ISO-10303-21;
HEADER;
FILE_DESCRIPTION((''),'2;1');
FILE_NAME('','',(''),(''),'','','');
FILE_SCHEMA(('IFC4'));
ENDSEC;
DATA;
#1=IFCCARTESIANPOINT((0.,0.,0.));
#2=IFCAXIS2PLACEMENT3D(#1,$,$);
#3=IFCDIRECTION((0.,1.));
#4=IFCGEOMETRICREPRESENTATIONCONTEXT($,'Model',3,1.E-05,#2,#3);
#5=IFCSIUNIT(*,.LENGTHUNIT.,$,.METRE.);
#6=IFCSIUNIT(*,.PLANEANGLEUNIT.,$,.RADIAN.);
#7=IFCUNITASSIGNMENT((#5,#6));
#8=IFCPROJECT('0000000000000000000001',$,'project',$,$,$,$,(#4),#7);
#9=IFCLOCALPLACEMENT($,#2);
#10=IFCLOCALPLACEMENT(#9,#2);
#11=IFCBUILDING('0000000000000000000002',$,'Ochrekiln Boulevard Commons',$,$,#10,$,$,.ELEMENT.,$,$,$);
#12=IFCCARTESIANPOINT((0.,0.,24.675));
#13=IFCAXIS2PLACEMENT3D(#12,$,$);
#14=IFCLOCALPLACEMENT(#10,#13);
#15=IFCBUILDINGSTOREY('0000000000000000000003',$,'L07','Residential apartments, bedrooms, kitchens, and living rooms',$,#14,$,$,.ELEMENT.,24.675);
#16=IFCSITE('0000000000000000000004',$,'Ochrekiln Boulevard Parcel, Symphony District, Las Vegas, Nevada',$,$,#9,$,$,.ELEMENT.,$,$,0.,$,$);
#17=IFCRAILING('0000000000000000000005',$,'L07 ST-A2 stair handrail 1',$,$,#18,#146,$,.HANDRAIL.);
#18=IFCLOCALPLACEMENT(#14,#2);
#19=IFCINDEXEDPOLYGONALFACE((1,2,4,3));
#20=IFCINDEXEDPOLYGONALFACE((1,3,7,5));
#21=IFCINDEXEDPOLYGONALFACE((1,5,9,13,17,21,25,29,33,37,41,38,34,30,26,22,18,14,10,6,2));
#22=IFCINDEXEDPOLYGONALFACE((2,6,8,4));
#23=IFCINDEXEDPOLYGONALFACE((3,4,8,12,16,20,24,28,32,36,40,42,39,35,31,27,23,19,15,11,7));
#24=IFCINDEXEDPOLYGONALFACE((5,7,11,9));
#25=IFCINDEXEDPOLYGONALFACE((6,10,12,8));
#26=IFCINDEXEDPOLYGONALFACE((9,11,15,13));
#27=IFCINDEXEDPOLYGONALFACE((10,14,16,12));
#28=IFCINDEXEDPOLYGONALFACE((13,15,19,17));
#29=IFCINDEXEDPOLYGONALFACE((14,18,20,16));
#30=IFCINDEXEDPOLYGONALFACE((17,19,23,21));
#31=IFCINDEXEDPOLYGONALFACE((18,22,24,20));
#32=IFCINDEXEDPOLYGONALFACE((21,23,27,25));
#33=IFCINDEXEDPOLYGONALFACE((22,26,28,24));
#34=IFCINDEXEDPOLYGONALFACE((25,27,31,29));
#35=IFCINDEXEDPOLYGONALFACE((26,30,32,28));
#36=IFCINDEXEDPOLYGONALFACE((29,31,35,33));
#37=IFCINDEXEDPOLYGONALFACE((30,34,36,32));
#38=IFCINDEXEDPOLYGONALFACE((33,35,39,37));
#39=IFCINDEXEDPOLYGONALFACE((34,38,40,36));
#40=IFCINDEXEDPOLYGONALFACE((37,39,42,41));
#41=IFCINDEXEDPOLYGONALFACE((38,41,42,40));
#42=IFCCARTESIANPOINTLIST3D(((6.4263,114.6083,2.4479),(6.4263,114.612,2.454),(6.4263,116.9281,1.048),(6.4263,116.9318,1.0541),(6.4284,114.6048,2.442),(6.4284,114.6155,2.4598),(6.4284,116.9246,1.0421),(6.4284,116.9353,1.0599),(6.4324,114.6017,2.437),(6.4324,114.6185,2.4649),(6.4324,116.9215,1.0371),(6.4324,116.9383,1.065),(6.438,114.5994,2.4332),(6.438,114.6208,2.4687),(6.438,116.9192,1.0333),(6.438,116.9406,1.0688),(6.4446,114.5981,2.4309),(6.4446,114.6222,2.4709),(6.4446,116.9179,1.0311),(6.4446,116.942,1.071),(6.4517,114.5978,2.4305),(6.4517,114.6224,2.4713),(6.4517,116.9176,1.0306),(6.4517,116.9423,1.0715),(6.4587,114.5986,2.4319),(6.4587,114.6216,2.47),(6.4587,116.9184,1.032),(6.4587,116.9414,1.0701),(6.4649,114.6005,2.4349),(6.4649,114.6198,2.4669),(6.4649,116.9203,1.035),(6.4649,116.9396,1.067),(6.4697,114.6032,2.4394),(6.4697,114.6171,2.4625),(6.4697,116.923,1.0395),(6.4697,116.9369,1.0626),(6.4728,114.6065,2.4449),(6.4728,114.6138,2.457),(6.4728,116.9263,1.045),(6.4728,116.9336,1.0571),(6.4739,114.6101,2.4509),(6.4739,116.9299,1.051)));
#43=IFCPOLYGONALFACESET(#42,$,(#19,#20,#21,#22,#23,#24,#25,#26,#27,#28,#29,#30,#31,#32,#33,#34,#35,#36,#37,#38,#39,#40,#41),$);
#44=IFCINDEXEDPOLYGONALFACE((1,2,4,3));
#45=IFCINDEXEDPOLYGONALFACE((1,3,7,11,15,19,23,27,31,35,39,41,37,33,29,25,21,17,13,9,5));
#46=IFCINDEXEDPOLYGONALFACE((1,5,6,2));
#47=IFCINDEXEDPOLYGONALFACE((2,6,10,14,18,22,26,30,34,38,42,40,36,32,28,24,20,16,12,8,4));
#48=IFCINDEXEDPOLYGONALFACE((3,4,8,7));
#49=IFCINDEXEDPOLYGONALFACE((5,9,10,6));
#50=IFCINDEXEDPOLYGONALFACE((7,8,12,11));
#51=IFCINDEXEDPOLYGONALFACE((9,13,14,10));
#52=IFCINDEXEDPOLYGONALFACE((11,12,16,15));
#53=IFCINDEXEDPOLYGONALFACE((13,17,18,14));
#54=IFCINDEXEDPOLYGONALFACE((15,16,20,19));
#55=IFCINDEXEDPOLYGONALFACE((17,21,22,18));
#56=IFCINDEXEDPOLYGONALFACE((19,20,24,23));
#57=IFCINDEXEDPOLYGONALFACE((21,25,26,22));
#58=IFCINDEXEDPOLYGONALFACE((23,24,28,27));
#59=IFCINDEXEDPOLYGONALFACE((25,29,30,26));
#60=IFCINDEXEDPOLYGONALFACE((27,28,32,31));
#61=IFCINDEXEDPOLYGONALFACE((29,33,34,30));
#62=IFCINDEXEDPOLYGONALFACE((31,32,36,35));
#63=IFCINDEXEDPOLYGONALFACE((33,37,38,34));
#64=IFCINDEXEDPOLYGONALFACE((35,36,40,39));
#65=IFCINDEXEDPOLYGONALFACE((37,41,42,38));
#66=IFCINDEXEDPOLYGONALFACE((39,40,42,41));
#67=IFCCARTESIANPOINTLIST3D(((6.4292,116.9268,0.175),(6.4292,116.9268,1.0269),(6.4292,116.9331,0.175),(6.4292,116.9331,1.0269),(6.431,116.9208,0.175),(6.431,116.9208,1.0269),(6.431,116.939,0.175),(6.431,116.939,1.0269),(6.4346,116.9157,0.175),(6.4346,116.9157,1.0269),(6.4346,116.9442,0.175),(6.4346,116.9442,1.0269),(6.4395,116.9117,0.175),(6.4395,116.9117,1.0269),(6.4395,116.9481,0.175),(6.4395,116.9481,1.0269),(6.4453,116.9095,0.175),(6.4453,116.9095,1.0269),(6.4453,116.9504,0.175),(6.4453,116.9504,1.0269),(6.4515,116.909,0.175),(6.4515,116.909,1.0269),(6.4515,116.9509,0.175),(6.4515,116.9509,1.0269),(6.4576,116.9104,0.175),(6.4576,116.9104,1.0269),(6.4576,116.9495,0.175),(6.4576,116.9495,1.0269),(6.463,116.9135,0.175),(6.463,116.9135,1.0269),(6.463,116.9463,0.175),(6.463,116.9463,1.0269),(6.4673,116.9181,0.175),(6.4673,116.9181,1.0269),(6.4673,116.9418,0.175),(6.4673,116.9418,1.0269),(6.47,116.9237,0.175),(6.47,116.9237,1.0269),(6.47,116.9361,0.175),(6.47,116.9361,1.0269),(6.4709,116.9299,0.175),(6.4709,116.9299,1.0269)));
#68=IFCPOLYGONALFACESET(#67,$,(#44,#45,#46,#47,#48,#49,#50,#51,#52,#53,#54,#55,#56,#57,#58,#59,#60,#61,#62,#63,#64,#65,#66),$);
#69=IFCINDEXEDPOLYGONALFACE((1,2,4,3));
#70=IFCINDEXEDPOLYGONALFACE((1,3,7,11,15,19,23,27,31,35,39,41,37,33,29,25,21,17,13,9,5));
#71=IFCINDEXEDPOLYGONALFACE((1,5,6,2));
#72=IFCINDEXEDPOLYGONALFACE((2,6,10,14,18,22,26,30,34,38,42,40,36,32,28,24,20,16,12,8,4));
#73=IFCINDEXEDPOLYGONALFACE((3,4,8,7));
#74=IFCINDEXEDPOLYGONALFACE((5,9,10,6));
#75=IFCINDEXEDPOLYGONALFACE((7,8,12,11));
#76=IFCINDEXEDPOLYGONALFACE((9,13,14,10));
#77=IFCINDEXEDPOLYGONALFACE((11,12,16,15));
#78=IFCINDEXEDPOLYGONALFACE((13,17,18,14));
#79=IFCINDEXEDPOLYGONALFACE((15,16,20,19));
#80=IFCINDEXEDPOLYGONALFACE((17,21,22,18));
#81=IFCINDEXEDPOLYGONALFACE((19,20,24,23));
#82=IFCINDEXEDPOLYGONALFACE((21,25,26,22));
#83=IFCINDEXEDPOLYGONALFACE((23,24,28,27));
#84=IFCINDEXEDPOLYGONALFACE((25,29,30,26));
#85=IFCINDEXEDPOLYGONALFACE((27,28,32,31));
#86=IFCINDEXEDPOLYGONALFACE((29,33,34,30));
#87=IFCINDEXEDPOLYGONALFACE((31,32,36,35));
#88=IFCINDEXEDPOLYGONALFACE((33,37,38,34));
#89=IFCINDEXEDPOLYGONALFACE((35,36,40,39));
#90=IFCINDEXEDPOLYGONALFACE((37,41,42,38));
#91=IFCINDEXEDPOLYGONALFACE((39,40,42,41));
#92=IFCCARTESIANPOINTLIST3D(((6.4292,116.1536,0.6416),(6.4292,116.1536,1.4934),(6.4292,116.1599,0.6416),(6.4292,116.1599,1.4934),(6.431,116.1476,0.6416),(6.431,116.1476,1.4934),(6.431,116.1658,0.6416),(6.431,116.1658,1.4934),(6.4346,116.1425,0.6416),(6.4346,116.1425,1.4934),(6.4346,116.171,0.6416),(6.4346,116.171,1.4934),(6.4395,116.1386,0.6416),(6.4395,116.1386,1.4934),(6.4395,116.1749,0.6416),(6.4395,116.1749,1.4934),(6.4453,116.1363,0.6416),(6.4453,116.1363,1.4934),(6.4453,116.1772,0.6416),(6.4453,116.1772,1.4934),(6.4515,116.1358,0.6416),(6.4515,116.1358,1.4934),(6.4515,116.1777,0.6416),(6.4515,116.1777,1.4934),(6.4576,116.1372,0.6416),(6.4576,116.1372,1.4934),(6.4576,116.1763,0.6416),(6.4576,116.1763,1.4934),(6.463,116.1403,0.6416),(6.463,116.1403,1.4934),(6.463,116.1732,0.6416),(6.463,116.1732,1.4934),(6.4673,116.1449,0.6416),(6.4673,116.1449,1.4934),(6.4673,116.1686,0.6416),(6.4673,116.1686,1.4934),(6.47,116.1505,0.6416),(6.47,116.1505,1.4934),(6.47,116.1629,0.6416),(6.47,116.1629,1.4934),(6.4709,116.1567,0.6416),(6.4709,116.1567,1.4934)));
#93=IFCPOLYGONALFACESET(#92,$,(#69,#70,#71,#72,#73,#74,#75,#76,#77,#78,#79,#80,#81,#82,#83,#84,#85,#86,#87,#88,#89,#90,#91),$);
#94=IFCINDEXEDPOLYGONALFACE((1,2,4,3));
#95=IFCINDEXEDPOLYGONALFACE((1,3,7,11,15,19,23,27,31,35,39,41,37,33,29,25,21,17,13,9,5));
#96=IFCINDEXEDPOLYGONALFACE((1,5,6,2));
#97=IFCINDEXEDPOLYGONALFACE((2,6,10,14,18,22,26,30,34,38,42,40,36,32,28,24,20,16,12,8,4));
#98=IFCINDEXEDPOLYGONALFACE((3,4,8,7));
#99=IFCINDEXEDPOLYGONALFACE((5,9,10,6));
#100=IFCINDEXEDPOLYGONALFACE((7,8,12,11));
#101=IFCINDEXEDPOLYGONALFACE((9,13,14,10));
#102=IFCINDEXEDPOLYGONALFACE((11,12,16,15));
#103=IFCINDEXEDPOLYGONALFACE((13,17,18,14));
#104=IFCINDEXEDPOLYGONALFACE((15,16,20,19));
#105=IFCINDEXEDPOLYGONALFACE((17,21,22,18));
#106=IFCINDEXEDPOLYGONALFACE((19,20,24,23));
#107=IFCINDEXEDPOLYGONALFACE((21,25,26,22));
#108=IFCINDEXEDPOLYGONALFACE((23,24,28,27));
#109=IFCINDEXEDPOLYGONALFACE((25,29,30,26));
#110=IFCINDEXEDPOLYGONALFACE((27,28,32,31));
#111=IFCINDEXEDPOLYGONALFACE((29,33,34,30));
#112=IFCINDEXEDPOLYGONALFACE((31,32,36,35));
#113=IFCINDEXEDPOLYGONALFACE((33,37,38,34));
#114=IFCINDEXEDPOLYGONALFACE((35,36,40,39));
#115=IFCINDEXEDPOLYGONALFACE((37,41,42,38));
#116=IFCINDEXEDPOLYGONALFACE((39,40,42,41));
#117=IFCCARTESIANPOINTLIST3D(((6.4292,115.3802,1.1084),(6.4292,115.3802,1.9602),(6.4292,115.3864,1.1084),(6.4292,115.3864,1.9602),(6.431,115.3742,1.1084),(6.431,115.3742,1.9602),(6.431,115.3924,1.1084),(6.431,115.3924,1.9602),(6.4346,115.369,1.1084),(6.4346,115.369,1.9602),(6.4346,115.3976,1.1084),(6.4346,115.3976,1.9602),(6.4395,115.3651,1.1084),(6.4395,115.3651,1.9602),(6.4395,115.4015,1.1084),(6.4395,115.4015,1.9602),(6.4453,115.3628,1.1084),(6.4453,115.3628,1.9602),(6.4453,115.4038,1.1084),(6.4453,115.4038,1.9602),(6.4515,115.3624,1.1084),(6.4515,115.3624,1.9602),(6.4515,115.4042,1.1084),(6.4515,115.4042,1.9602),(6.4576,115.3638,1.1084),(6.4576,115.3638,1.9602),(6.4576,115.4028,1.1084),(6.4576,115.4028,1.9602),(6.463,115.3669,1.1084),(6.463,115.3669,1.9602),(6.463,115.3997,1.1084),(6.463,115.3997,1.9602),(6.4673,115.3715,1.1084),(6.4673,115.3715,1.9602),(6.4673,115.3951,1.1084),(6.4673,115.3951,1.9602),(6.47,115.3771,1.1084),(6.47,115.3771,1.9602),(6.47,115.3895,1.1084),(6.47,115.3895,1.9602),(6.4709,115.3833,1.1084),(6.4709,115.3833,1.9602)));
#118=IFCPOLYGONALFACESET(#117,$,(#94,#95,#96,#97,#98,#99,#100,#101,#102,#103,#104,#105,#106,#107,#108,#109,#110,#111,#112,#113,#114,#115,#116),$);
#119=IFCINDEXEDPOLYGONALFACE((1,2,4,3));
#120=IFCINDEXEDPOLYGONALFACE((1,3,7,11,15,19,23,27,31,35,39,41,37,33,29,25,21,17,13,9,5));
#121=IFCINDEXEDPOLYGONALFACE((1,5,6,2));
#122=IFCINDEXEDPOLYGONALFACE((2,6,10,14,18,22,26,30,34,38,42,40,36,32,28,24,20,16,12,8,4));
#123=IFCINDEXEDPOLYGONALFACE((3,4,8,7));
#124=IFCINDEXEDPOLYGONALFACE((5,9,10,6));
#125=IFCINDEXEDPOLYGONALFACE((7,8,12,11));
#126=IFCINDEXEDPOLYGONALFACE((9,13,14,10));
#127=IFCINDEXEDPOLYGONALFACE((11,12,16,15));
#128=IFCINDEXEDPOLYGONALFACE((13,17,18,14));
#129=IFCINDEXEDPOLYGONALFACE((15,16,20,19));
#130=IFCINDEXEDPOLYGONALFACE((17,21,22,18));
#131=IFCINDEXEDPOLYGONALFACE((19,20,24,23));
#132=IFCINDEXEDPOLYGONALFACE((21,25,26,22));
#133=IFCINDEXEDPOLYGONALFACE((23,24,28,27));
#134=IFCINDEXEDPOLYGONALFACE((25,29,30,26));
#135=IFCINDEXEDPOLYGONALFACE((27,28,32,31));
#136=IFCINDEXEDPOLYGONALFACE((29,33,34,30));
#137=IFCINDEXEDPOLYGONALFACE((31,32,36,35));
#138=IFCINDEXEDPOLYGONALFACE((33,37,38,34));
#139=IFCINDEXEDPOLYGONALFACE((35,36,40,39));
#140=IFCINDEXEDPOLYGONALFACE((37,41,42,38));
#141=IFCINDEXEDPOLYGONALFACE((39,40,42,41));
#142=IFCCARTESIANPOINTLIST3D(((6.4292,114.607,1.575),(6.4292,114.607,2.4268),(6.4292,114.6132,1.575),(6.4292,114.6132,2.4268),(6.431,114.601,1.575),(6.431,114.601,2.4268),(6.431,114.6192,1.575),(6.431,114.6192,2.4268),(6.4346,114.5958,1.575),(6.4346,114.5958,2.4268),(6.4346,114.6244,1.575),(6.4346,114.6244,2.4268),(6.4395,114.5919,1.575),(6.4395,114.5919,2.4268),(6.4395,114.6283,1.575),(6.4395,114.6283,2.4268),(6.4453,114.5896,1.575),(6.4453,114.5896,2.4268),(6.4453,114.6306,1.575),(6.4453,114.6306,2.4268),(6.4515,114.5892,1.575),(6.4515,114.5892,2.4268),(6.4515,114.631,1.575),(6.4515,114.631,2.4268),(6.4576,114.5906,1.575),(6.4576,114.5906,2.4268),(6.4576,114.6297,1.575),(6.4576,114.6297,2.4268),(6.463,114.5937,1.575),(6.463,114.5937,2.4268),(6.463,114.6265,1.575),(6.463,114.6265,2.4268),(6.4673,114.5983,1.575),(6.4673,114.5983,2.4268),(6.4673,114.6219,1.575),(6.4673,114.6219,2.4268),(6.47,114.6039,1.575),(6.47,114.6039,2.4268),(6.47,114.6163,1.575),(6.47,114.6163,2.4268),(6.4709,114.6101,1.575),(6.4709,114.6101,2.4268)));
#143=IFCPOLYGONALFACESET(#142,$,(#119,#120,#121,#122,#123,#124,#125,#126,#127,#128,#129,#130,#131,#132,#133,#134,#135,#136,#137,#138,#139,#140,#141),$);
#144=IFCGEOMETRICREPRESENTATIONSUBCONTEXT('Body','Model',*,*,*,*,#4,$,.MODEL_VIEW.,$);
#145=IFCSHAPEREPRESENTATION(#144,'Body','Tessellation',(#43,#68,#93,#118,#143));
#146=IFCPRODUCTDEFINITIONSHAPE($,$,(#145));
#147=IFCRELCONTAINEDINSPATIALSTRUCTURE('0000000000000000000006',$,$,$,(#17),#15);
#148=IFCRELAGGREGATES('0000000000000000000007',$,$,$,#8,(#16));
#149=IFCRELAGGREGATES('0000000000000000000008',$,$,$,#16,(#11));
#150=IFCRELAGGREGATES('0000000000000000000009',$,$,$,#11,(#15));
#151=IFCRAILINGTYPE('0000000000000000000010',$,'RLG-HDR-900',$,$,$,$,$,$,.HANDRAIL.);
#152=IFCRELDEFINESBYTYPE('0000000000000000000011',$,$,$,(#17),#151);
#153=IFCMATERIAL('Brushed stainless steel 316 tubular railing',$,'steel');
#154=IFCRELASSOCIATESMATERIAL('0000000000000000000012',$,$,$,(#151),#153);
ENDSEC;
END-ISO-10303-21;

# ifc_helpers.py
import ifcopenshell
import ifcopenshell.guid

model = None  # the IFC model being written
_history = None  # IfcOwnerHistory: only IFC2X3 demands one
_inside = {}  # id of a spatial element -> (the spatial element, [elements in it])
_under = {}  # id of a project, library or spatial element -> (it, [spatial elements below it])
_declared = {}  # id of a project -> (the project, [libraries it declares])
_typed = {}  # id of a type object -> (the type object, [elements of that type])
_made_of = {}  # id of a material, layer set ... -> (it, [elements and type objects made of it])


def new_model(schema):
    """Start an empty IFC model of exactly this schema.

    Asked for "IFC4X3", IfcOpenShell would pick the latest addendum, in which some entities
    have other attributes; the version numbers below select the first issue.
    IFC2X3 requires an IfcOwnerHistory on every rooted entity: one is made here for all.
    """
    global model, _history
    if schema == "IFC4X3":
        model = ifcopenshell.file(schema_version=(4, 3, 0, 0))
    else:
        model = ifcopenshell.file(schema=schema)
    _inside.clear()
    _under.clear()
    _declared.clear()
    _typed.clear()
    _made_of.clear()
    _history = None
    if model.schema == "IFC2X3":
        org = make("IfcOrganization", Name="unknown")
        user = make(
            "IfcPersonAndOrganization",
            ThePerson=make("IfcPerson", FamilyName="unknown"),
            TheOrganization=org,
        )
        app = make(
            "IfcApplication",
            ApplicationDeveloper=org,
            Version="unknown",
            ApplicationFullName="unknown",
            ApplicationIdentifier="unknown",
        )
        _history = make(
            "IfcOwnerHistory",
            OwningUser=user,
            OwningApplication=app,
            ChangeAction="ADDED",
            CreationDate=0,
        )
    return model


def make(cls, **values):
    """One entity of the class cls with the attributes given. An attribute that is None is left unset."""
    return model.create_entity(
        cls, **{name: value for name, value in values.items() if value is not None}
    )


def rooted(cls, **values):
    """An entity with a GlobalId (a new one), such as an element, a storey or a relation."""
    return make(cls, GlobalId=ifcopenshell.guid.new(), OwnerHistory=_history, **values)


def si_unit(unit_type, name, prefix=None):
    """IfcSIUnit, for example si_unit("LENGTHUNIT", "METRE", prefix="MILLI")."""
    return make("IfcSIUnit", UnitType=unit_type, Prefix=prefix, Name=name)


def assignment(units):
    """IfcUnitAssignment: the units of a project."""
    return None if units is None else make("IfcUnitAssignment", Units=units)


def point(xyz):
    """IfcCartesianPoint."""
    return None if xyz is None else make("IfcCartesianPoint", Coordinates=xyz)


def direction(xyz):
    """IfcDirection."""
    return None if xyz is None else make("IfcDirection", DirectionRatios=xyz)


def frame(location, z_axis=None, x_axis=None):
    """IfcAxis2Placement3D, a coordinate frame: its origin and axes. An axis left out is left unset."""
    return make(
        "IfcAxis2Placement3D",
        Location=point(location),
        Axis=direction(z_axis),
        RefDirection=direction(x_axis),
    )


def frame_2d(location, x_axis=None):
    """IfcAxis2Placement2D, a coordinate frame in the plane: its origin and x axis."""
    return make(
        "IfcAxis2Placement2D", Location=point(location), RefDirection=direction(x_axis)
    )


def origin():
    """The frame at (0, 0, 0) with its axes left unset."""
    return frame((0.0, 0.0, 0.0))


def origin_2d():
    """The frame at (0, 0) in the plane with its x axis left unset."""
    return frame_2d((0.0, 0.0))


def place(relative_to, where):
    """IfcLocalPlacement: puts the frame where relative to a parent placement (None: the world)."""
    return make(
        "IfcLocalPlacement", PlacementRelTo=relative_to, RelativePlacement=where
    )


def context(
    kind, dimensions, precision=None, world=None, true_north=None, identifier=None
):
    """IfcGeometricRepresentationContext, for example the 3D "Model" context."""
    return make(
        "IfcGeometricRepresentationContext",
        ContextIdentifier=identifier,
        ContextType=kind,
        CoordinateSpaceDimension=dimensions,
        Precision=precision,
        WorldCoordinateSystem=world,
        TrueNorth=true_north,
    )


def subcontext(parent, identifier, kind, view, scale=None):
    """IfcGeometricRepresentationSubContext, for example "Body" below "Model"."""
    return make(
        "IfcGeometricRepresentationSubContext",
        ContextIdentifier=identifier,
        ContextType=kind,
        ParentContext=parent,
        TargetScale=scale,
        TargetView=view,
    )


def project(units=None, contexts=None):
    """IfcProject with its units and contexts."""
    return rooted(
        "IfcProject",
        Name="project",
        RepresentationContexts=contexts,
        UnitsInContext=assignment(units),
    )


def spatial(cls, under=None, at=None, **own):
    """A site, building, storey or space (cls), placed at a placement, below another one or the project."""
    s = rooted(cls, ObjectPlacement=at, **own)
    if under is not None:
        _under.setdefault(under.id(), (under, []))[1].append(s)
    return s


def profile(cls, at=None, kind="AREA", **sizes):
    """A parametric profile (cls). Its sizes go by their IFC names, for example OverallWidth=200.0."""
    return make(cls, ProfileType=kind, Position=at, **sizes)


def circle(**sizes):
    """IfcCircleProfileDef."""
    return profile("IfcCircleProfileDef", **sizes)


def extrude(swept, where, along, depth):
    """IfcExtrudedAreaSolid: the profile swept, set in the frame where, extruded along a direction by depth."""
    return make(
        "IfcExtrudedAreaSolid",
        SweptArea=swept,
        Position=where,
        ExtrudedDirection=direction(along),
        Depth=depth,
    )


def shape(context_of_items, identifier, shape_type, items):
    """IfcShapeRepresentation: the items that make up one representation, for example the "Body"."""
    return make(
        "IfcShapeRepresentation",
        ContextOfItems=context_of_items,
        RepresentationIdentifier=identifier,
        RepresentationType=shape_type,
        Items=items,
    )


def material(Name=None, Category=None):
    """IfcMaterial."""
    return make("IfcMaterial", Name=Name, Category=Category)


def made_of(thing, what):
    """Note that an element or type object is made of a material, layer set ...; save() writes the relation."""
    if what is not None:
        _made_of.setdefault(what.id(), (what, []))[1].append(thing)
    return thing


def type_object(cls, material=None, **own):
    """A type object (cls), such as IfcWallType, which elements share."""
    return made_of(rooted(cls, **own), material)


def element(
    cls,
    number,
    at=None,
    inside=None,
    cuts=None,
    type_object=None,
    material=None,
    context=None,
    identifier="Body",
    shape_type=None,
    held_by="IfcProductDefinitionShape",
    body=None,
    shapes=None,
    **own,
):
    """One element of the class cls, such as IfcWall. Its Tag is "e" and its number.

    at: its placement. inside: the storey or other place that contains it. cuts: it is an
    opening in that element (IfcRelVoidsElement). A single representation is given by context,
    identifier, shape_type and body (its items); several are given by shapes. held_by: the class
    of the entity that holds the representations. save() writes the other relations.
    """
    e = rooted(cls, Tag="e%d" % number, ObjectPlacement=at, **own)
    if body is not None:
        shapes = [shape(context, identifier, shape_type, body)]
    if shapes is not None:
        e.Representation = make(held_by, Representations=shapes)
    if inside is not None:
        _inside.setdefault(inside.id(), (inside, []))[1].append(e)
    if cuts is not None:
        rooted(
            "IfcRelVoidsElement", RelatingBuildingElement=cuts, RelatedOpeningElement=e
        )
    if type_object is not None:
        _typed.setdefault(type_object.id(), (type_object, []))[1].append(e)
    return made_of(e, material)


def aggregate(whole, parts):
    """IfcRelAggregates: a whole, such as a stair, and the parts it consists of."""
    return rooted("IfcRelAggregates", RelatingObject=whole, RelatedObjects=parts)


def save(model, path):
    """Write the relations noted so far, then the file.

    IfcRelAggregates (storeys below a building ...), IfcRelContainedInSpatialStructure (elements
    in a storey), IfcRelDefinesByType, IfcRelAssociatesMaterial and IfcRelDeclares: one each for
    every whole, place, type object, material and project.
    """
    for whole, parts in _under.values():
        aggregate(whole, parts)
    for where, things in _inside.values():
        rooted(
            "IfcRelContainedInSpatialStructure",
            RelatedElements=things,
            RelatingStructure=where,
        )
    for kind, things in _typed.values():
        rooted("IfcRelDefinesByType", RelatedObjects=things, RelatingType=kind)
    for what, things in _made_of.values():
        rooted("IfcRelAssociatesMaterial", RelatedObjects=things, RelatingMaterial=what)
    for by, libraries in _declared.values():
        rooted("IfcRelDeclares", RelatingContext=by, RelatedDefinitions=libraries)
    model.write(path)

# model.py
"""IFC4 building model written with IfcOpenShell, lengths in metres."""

from ifc_helpers import new_model, si_unit, direction, frame, origin, origin_2d, place, context, subcontext, project, spatial, circle, extrude, material, type_object, element, save


model = new_model("IFC4")

# Units and contexts
model_context = context("Model", 3, precision=1e-05, world=origin(), true_north=direction((0.0, 1.0)))
body_context = subcontext(model_context, "Body", "Model", "MODEL_VIEW")
ifc_project = project(units=[si_unit("LENGTHUNIT", "METRE"), si_unit("PLANEANGLEUNIT", "RADIAN")], contexts=[model_context])

# Site, building, storey
site_placement = place(None, origin())
site = spatial("IfcSite", under=ifc_project, at=site_placement, Name="Ochrekiln Boulevard Parcel, Symphony District, Las Vegas, Nevada", CompositionType="ELEMENT", RefElevation=0.0)
building_placement = place(site_placement, origin())
building = spatial("IfcBuilding", under=site, at=building_placement, Name="Ochrekiln Boulevard Commons", CompositionType="ELEMENT")
storey_placement = place(building_placement, frame((0.0, 0.0, 24.675)))
storey = spatial("IfcBuildingStorey", under=building, at=storey_placement, Name="L07", Description="Residential apartments, bedrooms, kitchens, and living rooms", CompositionType="ELEMENT", Elevation=24.675)

# Railing
ifc_material_1 = material(Name="Brushed stainless steel 316 tubular railing", Category="steel")
railing_type_1 = type_object("IfcRailingType", Name="RLG-HDR-900", PredefinedType="HANDRAIL", material=ifc_material_1)
railing_1_placement = place(storey_placement, frame((6.45, 116.9299, 0.175)))
element("IfcRailing", 1, at=railing_1_placement, inside=storey, type_object=railing_type_1, Name="L07 ST-A2 stair handrail 1", PredefinedType="HANDRAIL", context=body_context, shape_type="SweptSolid", body=[
    extrude(circle(Radius=0.0239, at=origin_2d()), frame((0.0, 0.0, 0.876), z_axis=(0.0, -0.856186, 0.516667), x_axis=(1.0, 0.0, 0.0)), (0.0, 0.0, 1.0), 2.7095),
    extrude(circle(Radius=0.021, at=origin_2d()), origin(), (0.0, 0.0, 1.0), 0.8518),
    extrude(circle(Radius=0.021, at=origin_2d()), frame((0.0, -0.7732, 0.4666)), (0.0, 0.0, 1.0), 0.8518),
    extrude(circle(Radius=0.021, at=origin_2d()), frame((0.0, -1.5466, 0.9333)), (0.0, 0.0, 1.0), 0.8518),
    extrude(circle(Radius=0.021, at=origin_2d()), frame((0.0, -2.3198, 1.3999)), (0.0, 0.0, 1.0), 0.8518),
])

save(model, "model.ifc")
